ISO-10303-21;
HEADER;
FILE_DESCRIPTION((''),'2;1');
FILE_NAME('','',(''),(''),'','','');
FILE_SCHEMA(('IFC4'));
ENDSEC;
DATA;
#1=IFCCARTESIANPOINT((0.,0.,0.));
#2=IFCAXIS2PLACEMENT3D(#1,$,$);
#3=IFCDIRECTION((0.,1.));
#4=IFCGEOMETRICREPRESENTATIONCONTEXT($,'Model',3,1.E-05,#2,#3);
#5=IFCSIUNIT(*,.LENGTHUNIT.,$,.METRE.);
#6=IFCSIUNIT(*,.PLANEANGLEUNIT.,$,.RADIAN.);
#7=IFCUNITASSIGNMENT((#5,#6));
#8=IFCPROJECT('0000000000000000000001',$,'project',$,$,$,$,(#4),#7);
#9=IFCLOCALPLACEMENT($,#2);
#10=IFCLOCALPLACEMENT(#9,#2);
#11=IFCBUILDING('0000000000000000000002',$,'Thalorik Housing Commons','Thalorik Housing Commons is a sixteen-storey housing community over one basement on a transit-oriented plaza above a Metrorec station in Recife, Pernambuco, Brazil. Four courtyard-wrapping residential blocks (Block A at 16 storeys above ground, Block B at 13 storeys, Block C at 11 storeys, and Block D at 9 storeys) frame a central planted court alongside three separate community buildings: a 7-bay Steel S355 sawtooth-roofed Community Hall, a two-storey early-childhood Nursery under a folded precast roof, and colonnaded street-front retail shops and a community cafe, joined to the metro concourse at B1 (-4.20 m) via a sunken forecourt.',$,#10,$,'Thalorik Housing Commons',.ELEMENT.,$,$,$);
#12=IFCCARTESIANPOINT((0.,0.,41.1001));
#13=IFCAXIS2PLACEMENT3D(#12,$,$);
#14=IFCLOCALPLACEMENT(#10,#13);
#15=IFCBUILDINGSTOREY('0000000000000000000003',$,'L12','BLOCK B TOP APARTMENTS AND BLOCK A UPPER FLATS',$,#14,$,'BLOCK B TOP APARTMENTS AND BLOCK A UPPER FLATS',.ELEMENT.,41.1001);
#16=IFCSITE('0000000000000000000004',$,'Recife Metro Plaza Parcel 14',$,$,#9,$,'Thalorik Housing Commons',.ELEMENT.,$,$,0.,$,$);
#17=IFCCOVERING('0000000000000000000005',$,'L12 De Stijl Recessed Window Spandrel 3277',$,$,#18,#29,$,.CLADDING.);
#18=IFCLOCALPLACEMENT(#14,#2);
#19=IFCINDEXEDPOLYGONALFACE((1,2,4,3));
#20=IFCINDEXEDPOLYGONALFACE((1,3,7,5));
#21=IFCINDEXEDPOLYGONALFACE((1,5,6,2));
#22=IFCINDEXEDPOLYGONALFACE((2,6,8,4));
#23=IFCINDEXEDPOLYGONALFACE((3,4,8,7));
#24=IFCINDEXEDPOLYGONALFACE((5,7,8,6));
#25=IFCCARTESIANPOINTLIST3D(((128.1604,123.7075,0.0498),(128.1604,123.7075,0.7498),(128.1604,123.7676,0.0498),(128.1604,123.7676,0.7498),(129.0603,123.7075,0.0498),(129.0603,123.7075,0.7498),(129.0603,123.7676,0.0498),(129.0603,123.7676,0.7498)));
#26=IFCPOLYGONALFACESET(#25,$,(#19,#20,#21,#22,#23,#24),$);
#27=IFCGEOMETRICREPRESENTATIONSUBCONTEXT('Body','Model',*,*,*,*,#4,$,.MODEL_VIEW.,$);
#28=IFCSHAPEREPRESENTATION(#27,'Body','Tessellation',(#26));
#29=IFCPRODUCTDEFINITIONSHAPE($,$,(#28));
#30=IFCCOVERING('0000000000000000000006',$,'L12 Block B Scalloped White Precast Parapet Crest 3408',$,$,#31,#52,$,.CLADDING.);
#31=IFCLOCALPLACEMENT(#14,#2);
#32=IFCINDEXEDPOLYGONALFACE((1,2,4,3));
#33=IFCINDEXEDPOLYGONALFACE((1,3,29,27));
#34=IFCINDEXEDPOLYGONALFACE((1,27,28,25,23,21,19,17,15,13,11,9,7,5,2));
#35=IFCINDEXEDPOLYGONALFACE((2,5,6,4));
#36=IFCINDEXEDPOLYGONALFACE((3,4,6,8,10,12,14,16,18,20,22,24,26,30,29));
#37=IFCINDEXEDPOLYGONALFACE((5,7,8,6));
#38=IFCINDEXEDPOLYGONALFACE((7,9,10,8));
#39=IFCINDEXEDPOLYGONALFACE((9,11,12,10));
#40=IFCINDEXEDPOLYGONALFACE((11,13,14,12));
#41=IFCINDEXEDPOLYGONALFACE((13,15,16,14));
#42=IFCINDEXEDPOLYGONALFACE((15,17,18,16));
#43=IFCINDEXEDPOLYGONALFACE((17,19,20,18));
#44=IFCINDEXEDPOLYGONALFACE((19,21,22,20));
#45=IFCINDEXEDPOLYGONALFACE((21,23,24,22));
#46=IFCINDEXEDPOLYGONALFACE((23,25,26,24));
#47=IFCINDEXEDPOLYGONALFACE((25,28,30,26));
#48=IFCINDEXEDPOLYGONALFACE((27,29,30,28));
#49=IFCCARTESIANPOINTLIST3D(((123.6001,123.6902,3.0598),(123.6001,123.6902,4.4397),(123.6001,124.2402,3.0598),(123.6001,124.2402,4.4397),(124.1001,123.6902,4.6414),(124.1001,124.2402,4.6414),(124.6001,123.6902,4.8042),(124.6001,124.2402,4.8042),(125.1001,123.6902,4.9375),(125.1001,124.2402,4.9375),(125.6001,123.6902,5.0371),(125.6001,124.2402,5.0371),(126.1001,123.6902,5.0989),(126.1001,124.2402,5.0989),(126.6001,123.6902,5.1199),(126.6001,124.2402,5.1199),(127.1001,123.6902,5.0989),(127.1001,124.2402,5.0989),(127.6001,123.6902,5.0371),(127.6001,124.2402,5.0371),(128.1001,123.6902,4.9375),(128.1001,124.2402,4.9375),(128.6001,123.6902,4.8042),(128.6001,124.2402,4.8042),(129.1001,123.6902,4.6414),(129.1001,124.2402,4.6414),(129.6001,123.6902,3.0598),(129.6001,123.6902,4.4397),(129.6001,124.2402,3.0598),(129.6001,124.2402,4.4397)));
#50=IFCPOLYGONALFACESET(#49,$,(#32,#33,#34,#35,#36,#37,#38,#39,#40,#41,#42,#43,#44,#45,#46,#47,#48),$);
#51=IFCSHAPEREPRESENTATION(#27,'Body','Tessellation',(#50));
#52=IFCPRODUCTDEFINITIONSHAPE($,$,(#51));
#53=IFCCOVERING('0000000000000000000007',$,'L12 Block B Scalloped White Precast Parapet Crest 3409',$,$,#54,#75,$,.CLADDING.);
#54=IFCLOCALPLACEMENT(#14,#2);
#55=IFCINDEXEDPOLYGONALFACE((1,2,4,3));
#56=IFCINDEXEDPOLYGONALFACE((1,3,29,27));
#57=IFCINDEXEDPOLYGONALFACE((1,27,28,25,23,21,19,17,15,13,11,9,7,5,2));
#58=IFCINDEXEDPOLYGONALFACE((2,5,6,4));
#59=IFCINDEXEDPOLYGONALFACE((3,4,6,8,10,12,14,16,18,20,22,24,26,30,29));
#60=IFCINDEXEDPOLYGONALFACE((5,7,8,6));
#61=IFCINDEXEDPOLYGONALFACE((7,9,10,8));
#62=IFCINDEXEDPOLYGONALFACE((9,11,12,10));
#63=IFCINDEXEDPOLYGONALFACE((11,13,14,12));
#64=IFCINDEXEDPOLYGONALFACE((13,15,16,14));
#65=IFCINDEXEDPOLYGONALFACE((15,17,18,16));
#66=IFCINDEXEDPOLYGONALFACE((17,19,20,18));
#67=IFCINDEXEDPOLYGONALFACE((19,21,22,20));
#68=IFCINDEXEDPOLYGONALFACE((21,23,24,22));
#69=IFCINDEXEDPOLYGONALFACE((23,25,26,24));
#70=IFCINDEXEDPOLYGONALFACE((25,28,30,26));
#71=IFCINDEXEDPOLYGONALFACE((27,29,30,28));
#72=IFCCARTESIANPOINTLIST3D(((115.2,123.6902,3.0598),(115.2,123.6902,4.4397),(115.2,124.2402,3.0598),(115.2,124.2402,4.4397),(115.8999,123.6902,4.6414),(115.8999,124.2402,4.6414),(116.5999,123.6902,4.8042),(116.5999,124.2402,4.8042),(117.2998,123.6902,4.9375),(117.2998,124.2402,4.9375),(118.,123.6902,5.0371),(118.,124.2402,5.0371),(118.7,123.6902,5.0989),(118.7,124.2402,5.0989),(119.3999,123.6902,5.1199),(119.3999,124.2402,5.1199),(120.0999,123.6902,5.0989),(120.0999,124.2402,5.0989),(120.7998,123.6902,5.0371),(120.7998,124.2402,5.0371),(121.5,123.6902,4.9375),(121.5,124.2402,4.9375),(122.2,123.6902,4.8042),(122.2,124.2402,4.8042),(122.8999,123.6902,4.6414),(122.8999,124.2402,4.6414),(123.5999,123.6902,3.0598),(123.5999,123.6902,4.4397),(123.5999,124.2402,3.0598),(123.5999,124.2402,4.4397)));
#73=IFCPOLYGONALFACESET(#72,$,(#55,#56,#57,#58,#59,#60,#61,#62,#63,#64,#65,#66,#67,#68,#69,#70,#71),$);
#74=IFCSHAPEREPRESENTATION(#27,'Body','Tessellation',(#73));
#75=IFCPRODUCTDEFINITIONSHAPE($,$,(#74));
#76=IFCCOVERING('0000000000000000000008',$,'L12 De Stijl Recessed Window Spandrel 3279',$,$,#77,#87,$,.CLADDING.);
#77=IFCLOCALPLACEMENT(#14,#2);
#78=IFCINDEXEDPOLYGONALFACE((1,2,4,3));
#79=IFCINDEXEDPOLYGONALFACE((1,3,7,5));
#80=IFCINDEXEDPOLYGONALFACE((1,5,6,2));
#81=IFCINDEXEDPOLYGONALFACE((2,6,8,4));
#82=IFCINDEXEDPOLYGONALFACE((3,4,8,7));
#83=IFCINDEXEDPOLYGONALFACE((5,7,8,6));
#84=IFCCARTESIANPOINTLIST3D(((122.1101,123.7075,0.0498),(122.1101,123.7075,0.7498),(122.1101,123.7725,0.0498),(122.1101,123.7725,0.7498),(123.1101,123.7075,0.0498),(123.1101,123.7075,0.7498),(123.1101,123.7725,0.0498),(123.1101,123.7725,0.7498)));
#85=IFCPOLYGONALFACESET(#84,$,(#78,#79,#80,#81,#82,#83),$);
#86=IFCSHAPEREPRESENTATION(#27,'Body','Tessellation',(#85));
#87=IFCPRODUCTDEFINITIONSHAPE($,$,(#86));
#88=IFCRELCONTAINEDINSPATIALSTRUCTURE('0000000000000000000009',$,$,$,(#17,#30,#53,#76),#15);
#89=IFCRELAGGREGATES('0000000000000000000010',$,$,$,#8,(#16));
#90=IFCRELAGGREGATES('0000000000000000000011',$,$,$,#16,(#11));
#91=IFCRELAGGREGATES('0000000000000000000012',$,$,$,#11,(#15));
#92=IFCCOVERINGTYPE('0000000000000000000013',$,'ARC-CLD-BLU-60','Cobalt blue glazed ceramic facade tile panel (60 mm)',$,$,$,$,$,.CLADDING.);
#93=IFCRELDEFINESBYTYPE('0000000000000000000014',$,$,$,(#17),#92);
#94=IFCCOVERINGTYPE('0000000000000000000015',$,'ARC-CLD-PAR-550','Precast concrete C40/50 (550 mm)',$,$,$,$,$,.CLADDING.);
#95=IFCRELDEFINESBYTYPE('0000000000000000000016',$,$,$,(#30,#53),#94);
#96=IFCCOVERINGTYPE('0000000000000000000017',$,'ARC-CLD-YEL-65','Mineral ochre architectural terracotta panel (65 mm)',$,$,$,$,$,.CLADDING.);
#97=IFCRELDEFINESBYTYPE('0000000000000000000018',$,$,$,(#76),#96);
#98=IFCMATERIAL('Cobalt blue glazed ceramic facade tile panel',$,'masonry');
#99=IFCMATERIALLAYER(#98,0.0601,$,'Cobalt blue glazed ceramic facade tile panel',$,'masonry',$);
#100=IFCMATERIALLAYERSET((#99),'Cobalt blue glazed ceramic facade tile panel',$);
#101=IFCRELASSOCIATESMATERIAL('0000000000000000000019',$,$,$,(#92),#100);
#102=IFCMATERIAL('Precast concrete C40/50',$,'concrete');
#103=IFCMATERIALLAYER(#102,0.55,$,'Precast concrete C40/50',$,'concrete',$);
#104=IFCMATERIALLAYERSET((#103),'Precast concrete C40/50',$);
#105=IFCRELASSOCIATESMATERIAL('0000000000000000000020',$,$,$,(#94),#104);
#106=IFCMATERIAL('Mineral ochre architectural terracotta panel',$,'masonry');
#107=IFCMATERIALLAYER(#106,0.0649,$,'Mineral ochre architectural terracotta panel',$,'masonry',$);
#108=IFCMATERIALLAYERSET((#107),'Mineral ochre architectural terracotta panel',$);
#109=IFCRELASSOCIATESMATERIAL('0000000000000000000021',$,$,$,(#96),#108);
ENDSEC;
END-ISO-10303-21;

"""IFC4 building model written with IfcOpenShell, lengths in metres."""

from ifc_helpers import new_model, si_unit, direction, frame, origin, origin_2d, place, context, subcontext, project, spatial, polyline, rectangle, outline, extrude, material, layer, layer_set, type_object, element, save


model = new_model("IFC4")

# Units and contexts
model_context = context("Model", 3, precision=1e-05, world=origin(), true_north=direction((0.0, 1.0)))
body_context = subcontext(model_context, "Body", "Model", "MODEL_VIEW")
ifc_project = project(units=[si_unit("LENGTHUNIT", "METRE"), si_unit("PLANEANGLEUNIT", "RADIAN")], contexts=[model_context])

# Site, building, storey
site_placement = place(None, origin())
site = spatial("IfcSite", under=ifc_project, at=site_placement, Name="Recife Metro Plaza Parcel 14", LongName="Thalorik Housing Commons", CompositionType="ELEMENT", RefElevation=0.0)
building_placement = place(site_placement, origin())
building = spatial("IfcBuilding", under=site, at=building_placement, Name="Thalorik Housing Commons", Description="Thalorik Housing Commons is a sixteen-storey housing community over one basement on a transit-oriented plaza above a Metrorec station in Recife, Pernambuco, Brazil. Four courtyard-wrapping residential blocks (Block A at 16 storeys above ground, Block B at 13 storeys, Block C at 11 storeys, and Block D at 9 storeys) frame a central planted court alongside three separate community buildings: a 7-bay Steel S355 sawtooth-roofed Community Hall, a two-storey early-childhood Nursery under a folded precast roof, and colonnaded street-front retail shops and a community cafe, joined to the metro concourse at B1 (-4.20 m) via a sunken forecourt.", LongName="Thalorik Housing Commons", CompositionType="ELEMENT")
storey_placement = place(building_placement, frame((0.0, 0.0, 41.1001)))
storey = spatial("IfcBuildingStorey", under=building, at=storey_placement, Name="L12", Description="BLOCK B TOP APARTMENTS AND BLOCK A UPPER FLATS", LongName="BLOCK B TOP APARTMENTS AND BLOCK A UPPER FLATS", CompositionType="ELEMENT", Elevation=41.1001)

# Shared definitions
ifc_material_1 = material(Name="Precast concrete C40/50", Category="concrete")

# Coverings
ifc_material_2 = material(Name="Cobalt blue glazed ceramic facade tile panel", Category="masonry")
ifc_layer_1 = layer(ifc_material_2, 0.0601, Name="Cobalt blue glazed ceramic facade tile panel", Category="masonry")
ifc_layer_set_1 = layer_set([ifc_layer_1], Name="Cobalt blue glazed ceramic facade tile panel")
covering_type_1 = type_object("IfcCoveringType", Name="ARC-CLD-BLU-60", Description="Cobalt blue glazed ceramic facade tile panel (60 mm)", PredefinedType="CLADDING", material=ifc_layer_set_1)
covering_1_placement = place(storey_placement, frame((128.6104, 123.7375, 0.0498), z_axis=(0.0, 0.0, 1.0), x_axis=(-1.0, 0.0, 0.0)))
element("IfcCovering", 1, at=covering_1_placement, inside=storey, type_object=covering_type_1, Name="L12 De Stijl Recessed Window Spandrel 3277", PredefinedType="CLADDING", context=body_context, shape_type="SweptSolid", body=[
    extrude(rectangle(XDim=0.8999, YDim=0.0601, at=origin_2d()), origin(), (0.0, 0.0, 1.0), 0.7),
])
ifc_layer_2 = layer(ifc_material_1, 0.55, Name="Precast concrete C40/50", Category="concrete")
ifc_layer_set_2 = layer_set([ifc_layer_2], Name="Precast concrete C40/50")
covering_type_2 = type_object("IfcCoveringType", Name="ARC-CLD-PAR-550", Description="Precast concrete C40/50 (550 mm)", PredefinedType="CLADDING", material=ifc_layer_set_2)
covering_2_placement = place(storey_placement, frame((126.6001, 123.9651, 3.0598), z_axis=(0.0, 0.0, 1.0), x_axis=(-1.0, 0.0, 0.0)))
element("IfcCovering", 2, at=covering_2_placement, inside=storey, type_object=covering_type_2, Name="L12 Block B Scalloped White Precast Parapet Crest 3408", PredefinedType="CLADDING", context=body_context, shape_type="SweptSolid", body=[
    extrude(outline(polyline([(-3.0, 0.0), (3.0, 0.0), (3.0, 1.3799), (2.5, 1.5815), (2.0, 1.7444), (1.5, 1.8777), (1.0, 1.9773), (0.5, 2.0391), (0.0, 2.0601), (-0.5, 2.0391), (-1.0, 1.9773), (-1.5, 1.8777), (-2.0, 1.7444), (-2.5, 1.5815), (-3.0, 1.3799), (-3.0, 0.0)])), frame((0.0, 0.2749, 0.0), z_axis=(0.0, -1.0, 0.0), x_axis=(1.0, 0.0, 0.0)), (0.0, 0.0, 1.0), 0.55),
])
covering_3_placement = place(storey_placement, frame((119.3999, 123.9651, 3.0598), z_axis=(0.0, 0.0, 1.0), x_axis=(-1.0, 0.0, 0.0)))
element("IfcCovering", 3, at=covering_3_placement, inside=storey, type_object=covering_type_2, Name="L12 Block B Scalloped White Precast Parapet Crest 3409", PredefinedType="CLADDING", context=body_context, shape_type="SweptSolid", body=[
    extrude(outline(polyline([(-4.2, 0.0), (4.2, 0.0), (4.2, 1.3799), (3.5, 1.5815), (2.8, 1.7444), (2.1001, 1.8777), (1.3999, 1.9773), (0.7, 2.0391), (0.0, 2.0601), (-0.7, 2.0391), (-1.3999, 1.9773), (-2.1001, 1.8777), (-2.8, 1.7444), (-3.5, 1.5815), (-4.2, 1.3799), (-4.2, 0.0)])), frame((0.0, 0.2749, 0.0), z_axis=(0.0, -1.0, 0.0), x_axis=(1.0, 0.0, 0.0)), (0.0, 0.0, 1.0), 0.55),
])
ifc_material_3 = material(Name="Mineral ochre architectural terracotta panel", Category="masonry")
ifc_layer_3 = layer(ifc_material_3, 0.0649, Name="Mineral ochre architectural terracotta panel", Category="masonry")
ifc_layer_set_3 = layer_set([ifc_layer_3], Name="Mineral ochre architectural terracotta panel")
covering_type_3 = type_object("IfcCoveringType", Name="ARC-CLD-YEL-65", Description="Mineral ochre architectural terracotta panel (65 mm)", PredefinedType="CLADDING", material=ifc_layer_set_3)
covering_4_placement = place(storey_placement, frame((122.6101, 123.74, 0.0498), z_axis=(0.0, 0.0, 1.0), x_axis=(-1.0, 0.0, 0.0)))
element("IfcCovering", 4, at=covering_4_placement, inside=storey, type_object=covering_type_3, Name="L12 De Stijl Recessed Window Spandrel 3279", PredefinedType="CLADDING", context=body_context, shape_type="SweptSolid", body=[
    extrude(rectangle(XDim=1.0, YDim=0.0649, at=origin_2d()), origin(), (0.0, 0.0, 1.0), 0.7),
])

save(model, "model.ifc")
